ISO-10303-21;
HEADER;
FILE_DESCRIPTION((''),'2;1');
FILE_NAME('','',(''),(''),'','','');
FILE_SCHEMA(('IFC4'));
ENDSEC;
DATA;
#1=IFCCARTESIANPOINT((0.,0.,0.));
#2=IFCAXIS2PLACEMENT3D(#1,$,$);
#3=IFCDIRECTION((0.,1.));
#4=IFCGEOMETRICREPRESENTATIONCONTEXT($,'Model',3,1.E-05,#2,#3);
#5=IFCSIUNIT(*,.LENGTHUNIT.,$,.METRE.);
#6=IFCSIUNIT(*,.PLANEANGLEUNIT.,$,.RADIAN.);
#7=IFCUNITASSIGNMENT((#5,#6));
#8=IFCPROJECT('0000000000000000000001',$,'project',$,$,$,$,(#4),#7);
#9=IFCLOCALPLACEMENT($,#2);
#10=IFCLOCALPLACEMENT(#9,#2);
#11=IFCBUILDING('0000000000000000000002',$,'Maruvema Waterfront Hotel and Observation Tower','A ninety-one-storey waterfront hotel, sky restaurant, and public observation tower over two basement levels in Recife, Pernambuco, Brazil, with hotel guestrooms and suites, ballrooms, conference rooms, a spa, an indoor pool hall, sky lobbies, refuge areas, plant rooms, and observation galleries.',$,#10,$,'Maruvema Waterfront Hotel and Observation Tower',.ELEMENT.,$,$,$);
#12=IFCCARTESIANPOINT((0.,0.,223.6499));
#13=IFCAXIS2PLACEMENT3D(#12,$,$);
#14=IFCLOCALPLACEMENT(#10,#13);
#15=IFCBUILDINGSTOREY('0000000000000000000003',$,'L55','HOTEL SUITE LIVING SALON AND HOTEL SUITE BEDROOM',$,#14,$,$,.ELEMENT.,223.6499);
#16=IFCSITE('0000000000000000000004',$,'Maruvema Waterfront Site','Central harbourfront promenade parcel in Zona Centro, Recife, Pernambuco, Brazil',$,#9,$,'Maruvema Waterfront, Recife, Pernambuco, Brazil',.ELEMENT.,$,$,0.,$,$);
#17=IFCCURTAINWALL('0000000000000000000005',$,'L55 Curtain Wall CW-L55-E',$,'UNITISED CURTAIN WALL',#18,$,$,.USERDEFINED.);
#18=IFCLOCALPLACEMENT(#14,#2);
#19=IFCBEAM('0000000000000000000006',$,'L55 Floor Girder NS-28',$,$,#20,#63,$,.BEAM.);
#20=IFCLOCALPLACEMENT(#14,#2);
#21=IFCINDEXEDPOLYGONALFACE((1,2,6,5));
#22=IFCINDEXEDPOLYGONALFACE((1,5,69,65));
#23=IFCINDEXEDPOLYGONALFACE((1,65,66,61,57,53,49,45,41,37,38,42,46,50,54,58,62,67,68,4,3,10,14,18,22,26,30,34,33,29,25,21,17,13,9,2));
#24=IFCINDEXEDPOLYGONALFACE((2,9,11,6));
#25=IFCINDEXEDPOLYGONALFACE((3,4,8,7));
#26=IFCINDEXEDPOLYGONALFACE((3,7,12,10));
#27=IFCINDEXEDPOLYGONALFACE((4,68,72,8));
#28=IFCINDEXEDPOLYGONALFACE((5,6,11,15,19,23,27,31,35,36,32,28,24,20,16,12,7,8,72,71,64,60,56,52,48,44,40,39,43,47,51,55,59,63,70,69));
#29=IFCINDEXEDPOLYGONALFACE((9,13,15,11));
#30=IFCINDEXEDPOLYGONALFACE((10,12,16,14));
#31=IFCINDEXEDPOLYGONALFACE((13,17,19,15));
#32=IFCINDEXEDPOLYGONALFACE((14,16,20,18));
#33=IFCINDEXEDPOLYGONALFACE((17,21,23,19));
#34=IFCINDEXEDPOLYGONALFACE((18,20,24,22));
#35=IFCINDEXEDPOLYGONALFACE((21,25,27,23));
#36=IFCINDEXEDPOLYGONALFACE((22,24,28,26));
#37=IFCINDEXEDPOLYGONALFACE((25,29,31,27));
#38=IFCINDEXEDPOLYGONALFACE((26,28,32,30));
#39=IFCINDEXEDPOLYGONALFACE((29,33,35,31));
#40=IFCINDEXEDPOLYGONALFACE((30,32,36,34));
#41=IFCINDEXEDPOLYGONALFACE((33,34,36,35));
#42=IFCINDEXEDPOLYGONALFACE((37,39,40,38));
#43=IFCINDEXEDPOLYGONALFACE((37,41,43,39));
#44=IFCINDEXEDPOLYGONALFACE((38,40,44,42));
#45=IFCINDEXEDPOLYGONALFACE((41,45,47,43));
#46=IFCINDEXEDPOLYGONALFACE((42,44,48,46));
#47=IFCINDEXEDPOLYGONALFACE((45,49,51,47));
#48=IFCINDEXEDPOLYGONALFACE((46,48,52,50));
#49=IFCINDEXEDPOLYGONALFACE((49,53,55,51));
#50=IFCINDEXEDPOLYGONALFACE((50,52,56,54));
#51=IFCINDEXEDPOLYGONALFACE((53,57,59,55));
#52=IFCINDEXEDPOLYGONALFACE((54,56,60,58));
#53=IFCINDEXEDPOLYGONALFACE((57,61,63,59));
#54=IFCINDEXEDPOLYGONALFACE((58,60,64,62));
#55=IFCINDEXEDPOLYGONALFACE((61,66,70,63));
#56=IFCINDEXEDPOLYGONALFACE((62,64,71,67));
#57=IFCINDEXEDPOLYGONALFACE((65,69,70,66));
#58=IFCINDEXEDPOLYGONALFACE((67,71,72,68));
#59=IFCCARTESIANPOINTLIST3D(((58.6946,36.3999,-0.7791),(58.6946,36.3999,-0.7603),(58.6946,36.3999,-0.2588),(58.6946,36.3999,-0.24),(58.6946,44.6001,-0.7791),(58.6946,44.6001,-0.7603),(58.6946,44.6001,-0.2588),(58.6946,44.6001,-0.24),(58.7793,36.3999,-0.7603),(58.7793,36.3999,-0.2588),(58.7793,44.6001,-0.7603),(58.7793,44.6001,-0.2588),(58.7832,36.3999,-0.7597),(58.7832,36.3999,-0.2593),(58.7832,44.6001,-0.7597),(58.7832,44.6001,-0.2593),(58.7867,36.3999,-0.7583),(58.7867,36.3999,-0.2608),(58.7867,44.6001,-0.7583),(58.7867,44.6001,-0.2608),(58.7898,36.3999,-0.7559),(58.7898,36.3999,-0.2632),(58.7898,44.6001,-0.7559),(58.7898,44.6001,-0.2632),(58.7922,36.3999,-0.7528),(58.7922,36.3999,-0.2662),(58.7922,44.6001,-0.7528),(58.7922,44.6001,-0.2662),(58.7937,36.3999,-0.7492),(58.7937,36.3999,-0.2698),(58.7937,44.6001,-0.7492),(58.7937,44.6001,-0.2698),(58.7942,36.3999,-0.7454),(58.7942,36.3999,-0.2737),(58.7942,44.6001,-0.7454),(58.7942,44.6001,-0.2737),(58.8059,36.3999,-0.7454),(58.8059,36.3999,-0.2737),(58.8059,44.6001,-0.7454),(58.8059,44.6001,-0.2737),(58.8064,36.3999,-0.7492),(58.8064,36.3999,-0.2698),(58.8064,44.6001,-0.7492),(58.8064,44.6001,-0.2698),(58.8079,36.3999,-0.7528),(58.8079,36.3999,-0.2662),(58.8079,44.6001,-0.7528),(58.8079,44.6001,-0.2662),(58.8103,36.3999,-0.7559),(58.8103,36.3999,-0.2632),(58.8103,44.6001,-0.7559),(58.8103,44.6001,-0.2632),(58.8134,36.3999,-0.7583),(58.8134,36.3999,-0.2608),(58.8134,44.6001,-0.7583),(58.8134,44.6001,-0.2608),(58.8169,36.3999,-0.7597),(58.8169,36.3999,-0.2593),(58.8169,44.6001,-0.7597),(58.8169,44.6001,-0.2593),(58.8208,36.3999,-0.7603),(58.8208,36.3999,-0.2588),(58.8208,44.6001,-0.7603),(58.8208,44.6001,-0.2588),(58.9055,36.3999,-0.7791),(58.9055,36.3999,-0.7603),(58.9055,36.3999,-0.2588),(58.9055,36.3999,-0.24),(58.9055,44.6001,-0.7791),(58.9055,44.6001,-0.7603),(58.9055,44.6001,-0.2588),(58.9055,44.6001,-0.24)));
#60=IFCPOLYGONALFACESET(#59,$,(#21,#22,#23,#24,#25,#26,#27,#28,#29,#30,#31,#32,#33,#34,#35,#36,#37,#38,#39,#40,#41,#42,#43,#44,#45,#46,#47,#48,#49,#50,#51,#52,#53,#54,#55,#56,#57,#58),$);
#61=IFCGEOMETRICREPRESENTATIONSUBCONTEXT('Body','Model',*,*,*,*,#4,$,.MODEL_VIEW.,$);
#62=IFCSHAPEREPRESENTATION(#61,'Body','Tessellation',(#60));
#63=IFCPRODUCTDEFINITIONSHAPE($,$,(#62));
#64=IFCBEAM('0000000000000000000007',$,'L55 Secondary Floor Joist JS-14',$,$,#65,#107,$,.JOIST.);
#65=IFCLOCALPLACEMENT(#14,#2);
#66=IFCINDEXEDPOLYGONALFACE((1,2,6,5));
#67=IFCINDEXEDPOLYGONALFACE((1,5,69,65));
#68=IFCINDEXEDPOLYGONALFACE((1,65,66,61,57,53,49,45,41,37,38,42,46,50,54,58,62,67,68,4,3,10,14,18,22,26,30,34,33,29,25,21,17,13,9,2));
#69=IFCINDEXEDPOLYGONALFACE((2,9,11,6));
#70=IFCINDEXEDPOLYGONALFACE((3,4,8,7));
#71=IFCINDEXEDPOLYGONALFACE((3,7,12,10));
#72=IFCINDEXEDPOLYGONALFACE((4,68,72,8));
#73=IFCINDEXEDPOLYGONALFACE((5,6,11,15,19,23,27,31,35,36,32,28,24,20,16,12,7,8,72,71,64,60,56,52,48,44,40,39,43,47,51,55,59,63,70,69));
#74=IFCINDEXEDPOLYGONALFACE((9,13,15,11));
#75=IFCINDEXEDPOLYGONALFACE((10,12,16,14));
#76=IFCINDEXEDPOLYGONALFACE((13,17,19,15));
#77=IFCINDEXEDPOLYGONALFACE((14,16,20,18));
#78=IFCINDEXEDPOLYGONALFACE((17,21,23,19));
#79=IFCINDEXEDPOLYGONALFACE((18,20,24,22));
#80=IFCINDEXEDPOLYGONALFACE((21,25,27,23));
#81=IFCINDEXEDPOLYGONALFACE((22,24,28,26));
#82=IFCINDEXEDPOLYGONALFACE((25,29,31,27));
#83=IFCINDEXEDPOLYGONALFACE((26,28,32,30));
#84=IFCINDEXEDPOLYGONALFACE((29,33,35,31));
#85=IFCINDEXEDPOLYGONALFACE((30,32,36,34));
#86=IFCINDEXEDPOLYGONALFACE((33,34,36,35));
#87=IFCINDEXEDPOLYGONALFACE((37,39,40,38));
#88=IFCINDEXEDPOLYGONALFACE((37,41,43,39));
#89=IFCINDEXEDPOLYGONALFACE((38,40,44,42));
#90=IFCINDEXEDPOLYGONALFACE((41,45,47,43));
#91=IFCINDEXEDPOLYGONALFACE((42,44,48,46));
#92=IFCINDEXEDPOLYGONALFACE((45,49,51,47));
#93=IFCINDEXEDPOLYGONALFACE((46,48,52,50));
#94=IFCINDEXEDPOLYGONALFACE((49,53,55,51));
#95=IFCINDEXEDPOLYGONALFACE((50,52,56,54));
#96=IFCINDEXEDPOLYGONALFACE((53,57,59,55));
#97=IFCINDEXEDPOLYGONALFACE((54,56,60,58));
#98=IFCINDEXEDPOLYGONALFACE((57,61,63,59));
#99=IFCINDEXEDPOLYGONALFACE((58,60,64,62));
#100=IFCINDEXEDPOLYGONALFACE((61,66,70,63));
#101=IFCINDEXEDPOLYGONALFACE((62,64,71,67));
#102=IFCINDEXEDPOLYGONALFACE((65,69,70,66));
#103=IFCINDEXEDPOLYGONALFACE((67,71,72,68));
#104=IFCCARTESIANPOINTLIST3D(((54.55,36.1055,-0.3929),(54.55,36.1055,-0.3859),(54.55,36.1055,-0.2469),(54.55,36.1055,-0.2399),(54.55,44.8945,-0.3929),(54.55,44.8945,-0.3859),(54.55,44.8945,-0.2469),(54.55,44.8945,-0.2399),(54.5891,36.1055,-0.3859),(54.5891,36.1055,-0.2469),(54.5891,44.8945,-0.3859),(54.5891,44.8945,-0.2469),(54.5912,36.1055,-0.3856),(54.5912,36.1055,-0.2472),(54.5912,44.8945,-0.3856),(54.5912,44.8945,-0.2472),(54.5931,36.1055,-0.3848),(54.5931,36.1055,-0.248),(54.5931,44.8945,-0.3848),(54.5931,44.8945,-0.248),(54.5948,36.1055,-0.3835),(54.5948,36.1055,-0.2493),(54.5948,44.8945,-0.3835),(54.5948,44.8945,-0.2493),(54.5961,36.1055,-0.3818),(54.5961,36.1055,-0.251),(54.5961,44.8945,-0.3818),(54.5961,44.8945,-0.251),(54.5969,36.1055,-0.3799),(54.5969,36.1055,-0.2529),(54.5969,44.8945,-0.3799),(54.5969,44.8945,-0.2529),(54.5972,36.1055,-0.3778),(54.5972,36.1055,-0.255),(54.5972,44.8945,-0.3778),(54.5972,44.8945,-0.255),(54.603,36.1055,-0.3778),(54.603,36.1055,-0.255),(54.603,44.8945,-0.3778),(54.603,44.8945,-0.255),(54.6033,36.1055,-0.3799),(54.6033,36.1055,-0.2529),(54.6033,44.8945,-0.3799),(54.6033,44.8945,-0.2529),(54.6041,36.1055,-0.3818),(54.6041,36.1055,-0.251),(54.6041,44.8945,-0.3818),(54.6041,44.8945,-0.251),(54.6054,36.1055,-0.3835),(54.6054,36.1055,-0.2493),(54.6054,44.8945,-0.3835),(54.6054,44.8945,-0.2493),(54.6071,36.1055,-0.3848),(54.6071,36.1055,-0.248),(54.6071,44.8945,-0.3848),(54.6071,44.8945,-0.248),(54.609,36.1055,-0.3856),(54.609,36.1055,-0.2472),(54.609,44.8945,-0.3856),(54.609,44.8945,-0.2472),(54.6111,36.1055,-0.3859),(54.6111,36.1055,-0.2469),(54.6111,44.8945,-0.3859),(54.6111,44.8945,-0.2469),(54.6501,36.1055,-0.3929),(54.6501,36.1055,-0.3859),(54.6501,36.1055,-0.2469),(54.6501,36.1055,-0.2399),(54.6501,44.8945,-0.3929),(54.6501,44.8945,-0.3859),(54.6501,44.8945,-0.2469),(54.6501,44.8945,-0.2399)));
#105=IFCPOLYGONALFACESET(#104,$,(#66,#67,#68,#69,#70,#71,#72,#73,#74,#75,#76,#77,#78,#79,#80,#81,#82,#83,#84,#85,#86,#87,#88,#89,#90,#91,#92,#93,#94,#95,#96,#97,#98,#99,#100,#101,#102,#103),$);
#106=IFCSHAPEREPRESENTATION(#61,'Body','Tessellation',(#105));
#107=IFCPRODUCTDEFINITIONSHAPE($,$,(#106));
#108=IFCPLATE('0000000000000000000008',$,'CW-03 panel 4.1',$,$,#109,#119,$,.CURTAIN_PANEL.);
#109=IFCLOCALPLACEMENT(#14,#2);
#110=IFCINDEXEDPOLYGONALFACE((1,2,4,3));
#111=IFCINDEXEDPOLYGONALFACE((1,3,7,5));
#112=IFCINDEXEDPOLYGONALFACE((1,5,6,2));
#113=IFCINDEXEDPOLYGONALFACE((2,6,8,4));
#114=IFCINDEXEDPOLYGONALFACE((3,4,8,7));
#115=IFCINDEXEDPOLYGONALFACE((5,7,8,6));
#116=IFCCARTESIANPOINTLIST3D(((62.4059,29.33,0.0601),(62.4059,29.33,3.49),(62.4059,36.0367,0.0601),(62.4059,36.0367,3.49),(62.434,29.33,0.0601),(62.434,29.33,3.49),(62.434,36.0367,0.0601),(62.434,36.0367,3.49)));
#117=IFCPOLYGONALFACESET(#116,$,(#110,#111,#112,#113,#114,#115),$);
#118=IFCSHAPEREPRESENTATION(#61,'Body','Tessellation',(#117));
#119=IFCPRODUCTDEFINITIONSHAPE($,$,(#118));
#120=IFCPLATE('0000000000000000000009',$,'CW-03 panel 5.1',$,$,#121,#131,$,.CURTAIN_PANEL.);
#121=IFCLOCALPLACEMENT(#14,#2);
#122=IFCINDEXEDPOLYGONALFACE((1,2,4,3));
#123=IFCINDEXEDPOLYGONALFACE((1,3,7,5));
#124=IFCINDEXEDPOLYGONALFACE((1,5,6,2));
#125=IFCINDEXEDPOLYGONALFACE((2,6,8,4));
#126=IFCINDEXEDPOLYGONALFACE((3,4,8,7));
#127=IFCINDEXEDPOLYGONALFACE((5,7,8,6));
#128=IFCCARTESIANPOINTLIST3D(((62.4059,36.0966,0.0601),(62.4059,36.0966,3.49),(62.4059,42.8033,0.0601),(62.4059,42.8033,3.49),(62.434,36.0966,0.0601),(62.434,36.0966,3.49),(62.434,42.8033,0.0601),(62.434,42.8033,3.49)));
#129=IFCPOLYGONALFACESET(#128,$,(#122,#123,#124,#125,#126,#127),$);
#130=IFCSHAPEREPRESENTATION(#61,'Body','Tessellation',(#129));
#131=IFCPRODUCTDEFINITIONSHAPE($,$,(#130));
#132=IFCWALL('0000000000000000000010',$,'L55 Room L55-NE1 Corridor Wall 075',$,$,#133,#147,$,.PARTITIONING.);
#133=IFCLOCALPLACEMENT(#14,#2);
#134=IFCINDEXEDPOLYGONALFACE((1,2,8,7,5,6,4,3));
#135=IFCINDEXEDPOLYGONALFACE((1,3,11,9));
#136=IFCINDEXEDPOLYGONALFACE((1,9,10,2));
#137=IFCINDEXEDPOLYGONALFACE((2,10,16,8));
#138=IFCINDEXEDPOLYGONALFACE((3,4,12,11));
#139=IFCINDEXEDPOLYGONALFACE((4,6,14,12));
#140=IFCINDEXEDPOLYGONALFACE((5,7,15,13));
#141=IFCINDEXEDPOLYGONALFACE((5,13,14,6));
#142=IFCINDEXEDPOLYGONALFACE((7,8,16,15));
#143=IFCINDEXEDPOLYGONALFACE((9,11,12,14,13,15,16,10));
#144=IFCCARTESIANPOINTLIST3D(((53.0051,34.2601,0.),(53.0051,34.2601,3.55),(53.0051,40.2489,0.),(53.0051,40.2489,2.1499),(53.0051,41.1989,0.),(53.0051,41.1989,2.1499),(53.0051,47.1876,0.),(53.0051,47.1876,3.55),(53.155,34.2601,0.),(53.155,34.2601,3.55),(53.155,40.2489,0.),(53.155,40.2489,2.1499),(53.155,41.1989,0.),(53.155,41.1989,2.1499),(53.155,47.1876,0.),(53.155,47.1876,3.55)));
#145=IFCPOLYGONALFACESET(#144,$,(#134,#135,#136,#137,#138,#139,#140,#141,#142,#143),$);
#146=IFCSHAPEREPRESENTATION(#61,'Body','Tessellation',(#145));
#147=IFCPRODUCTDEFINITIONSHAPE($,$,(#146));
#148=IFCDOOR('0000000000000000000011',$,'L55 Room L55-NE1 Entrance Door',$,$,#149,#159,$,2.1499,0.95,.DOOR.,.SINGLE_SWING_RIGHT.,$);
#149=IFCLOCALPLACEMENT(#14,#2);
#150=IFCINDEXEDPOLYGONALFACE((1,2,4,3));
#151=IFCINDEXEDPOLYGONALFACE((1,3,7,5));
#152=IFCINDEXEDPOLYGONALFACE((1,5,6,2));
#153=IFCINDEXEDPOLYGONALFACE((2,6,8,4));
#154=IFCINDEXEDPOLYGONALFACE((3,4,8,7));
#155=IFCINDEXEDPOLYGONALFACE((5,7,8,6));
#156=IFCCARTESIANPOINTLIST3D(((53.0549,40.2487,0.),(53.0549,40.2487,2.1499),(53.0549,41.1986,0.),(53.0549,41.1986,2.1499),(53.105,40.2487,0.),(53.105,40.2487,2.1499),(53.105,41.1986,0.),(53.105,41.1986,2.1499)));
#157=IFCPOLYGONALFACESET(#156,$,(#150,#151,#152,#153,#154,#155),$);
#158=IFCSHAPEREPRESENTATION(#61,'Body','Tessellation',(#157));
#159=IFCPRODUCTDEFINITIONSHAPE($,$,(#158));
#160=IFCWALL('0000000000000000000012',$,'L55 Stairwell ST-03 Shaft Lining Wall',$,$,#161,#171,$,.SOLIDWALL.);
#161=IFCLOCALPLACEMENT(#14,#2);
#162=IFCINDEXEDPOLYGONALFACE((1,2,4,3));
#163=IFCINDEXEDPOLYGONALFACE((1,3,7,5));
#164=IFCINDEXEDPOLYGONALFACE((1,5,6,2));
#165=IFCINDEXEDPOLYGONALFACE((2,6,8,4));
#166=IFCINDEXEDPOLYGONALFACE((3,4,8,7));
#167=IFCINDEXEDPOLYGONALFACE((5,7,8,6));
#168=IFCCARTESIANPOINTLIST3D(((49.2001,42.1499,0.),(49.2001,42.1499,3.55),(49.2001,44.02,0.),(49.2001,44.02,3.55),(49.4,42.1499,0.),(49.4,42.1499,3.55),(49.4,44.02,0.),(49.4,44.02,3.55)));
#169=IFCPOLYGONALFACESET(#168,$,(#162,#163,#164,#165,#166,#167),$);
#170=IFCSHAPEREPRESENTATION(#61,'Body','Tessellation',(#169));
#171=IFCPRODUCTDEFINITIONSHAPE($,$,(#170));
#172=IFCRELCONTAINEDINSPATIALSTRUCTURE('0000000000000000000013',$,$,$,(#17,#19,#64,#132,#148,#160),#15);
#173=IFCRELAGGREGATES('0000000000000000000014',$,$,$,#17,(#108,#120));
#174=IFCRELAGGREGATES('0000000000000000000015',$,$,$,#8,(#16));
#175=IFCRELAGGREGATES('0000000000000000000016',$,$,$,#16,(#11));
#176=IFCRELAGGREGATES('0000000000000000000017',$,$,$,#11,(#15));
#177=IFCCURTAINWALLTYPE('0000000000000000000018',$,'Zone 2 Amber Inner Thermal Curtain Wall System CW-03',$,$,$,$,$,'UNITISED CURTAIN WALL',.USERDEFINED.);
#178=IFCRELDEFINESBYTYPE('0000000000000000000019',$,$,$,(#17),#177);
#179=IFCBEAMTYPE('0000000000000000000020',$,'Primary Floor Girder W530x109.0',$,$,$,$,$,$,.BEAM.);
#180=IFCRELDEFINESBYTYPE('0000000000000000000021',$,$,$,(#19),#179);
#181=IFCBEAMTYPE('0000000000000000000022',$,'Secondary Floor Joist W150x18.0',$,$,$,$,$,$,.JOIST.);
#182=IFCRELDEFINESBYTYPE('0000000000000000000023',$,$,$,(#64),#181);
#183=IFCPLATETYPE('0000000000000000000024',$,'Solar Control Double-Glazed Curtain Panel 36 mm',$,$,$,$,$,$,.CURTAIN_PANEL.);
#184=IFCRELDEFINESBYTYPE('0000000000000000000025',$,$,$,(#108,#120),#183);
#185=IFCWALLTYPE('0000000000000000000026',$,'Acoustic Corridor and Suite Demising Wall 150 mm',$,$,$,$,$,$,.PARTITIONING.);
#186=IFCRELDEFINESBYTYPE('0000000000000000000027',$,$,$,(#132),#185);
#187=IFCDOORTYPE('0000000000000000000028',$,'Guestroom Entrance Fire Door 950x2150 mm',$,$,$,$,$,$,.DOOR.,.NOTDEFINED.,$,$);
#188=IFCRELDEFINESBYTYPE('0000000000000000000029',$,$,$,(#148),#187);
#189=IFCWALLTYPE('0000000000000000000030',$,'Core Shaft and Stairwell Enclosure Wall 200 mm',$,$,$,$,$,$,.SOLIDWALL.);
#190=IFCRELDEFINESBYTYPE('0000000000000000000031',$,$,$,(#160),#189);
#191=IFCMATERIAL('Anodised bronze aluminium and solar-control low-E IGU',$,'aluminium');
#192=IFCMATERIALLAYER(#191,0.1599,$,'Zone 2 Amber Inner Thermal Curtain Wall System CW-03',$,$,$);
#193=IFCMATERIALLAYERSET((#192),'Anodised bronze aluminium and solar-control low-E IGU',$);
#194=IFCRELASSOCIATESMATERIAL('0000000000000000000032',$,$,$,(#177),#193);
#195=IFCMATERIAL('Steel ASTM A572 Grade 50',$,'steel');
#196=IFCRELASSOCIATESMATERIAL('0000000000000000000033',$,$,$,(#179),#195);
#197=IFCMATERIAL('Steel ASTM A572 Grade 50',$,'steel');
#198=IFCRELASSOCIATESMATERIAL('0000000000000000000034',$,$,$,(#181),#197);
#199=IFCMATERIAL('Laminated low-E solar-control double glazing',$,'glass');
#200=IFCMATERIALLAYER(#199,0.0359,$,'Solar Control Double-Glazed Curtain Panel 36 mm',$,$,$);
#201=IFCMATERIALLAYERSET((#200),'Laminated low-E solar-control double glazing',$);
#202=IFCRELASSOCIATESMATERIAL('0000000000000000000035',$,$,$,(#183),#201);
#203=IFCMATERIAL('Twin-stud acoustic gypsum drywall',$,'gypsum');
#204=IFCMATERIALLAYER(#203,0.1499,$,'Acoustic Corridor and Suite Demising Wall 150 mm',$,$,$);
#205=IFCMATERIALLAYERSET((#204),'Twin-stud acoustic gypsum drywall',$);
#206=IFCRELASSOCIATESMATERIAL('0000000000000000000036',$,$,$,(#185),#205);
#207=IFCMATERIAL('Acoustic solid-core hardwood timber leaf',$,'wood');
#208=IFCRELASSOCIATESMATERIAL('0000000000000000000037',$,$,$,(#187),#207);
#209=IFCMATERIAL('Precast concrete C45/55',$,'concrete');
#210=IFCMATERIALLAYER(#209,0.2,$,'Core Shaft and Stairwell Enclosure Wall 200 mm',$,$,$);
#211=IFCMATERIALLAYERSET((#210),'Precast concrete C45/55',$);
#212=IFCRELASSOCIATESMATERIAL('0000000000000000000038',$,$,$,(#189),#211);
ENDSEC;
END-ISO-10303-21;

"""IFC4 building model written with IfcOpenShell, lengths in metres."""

from ifc_helpers import new_model, si_unit, direction, frame, frame_2d, origin, origin_2d, place, context, subcontext, project, spatial, rectangle, i_section, extrude, material, layer, layer_set, material_profile, profile_set, type_object, element, fill, aggregate, save


model = new_model("IFC4")

# Units and contexts
model_context = context("Model", 3, precision=1e-05, world=origin(), true_north=direction((0.0, 1.0)))
body_context = subcontext(model_context, "Body", "Model", "MODEL_VIEW")
ifc_project = project(units=[si_unit("LENGTHUNIT", "METRE"), si_unit("PLANEANGLEUNIT", "RADIAN")], contexts=[model_context])

# Site, building, storey
site_placement = place(None, origin())
site = spatial("IfcSite", under=ifc_project, at=site_placement, Name="Maruvema Waterfront Site", Description="Central harbourfront promenade parcel in Zona Centro, Recife, Pernambuco, Brazil", LongName="Maruvema Waterfront, Recife, Pernambuco, Brazil", CompositionType="ELEMENT", RefElevation=0.0)
building_placement = place(site_placement, origin())
building = spatial("IfcBuilding", under=site, at=building_placement, Name="Maruvema Waterfront Hotel and Observation Tower", Description="A ninety-one-storey waterfront hotel, sky restaurant, and public observation tower over two basement levels in Recife, Pernambuco, Brazil, with hotel guestrooms and suites, ballrooms, conference rooms, a spa, an indoor pool hall, sky lobbies, refuge areas, plant rooms, and observation galleries.", LongName="Maruvema Waterfront Hotel and Observation Tower", CompositionType="ELEMENT")
storey_placement = place(building_placement, frame((0.0, 0.0, 223.6499)))
storey = spatial("IfcBuildingStorey", under=building, at=storey_placement, Name="L55", Description="HOTEL SUITE LIVING SALON AND HOTEL SUITE BEDROOM", CompositionType="ELEMENT", Elevation=223.6499)

# Curtain wall
ifc_material_1 = material(Name="Anodised bronze aluminium and solar-control low-E IGU", Category="aluminium")
ifc_layer_1 = layer(ifc_material_1, 0.1599, Name="Zone 2 Amber Inner Thermal Curtain Wall System CW-03")
ifc_layer_set_1 = layer_set([ifc_layer_1], Name="Anodised bronze aluminium and solar-control low-E IGU")
curtain_wall_type = type_object("IfcCurtainWallType", Name="Zone 2 Amber Inner Thermal Curtain Wall System CW-03", ElementType="UNITISED CURTAIN WALL", PredefinedType="USERDEFINED", material=ifc_layer_set_1)
curtain_wall_placement = place(storey_placement, origin())
curtain_wall = element("IfcCurtainWall", 1, at=curtain_wall_placement, inside=storey, type_object=curtain_wall_type, Name="L55 Curtain Wall CW-L55-E", ObjectType="UNITISED CURTAIN WALL", PredefinedType="USERDEFINED")

# Beams
ifc_material_2 = material(Name="Steel ASTM A572 Grade 50", Category="steel")
ifc_material_profile_1 = material_profile(ifc_material_2, i_section(OverallWidth=0.2109, OverallDepth=0.5391, WebThickness=0.0117, FlangeThickness=0.0188, FilletRadius=0.0149, at=origin_2d()), Name="W530x109.0")
ifc_profile_set_1 = profile_set([ifc_material_profile_1], Name="Steel ASTM A572 Grade 50")
beam_type_1 = type_object("IfcBeamType", Name="Primary Floor Girder W530x109.0", PredefinedType="BEAM", material=ifc_profile_set_1)
beam_1_placement = place(storey_placement, frame((58.8, 36.3999, -0.5095), z_axis=(0.0, 1.0, 0.0), x_axis=(-1.0, 0.0, 0.0)))
element("IfcBeam", 2, at=beam_1_placement, inside=storey, type_object=beam_type_1, Name="L55 Floor Girder NS-28", PredefinedType="BEAM", context=body_context, shape_type="SweptSolid", body=[
    extrude(i_section(OverallWidth=0.2109, OverallDepth=0.5391, WebThickness=0.0117, FlangeThickness=0.0188, FilletRadius=0.0149, at=origin_2d()), origin(), (0.0, 0.0, 1.0), 8.2002),
])
ifc_material_3 = material(Name="Steel ASTM A572 Grade 50", Category="steel")
ifc_material_profile_2 = material_profile(ifc_material_3, i_section(OverallWidth=0.1001, OverallDepth=0.1531, WebThickness=0.0059, FlangeThickness=0.0071, FilletRadius=0.0081, at=origin_2d()), Name="W150x18.0")
ifc_profile_set_2 = profile_set([ifc_material_profile_2], Name="Steel ASTM A572 Grade 50")
beam_type_2 = type_object("IfcBeamType", Name="Secondary Floor Joist W150x18.0", PredefinedType="JOIST", material=ifc_profile_set_2)
beam_2_placement = place(storey_placement, frame((54.6001, 36.1055, -0.3164), z_axis=(0.0, 1.0, 0.0), x_axis=(-1.0, 0.0, 0.0)))
element("IfcBeam", 3, at=beam_2_placement, inside=storey, type_object=beam_type_2, Name="L55 Secondary Floor Joist JS-14", PredefinedType="JOIST", context=body_context, shape_type="SweptSolid", body=[
    extrude(i_section(OverallWidth=0.1001, OverallDepth=0.1531, WebThickness=0.0059, FlangeThickness=0.0071, FilletRadius=0.0081, at=origin_2d()), origin(), (0.0, 0.0, 1.0), 8.7891),
])

# Plates
ifc_material_4 = material(Name="Laminated low-E solar-control double glazing", Category="glass")
ifc_layer_2 = layer(ifc_material_4, 0.0359, Name="Solar Control Double-Glazed Curtain Panel 36 mm")
ifc_layer_set_2 = layer_set([ifc_layer_2], Name="Laminated low-E solar-control double glazing")
plate_type = type_object("IfcPlateType", Name="Solar Control Double-Glazed Curtain Panel 36 mm", PredefinedType="CURTAIN_PANEL", material=ifc_layer_set_2)
plate_1_placement = place(storey_placement, frame((62.4199, 32.6833, 0.0601), z_axis=(0.0, 0.0, 1.0), x_axis=(0.0, 1.0, 0.0)))
plate_1 = element("IfcPlate", 4, at=plate_1_placement, type_object=plate_type, Name="CW-03 panel 4.1", PredefinedType="CURTAIN_PANEL", context=body_context, shape_type="SweptSolid", body=[
    extrude(rectangle(XDim=6.7068, YDim=0.0281, at=origin_2d()), origin(), (0.0, 0.0, 1.0), 3.4299),
])
plate_2_placement = place(storey_placement, frame((62.4199, 39.45, 0.0601), z_axis=(0.0, 0.0, 1.0), x_axis=(0.0, 1.0, 0.0)))
plate_2 = element("IfcPlate", 5, at=plate_2_placement, type_object=plate_type, Name="CW-03 panel 5.1", PredefinedType="CURTAIN_PANEL", context=body_context, shape_type="SweptSolid", body=[
    extrude(rectangle(XDim=6.7068, YDim=0.0281, at=origin_2d()), origin(), (0.0, 0.0, 1.0), 3.4299),
])
aggregate(curtain_wall, [plate_1, plate_2])

# Wall, opening, door
ifc_material_5 = material(Name="Twin-stud acoustic gypsum drywall", Category="gypsum")
ifc_layer_3 = layer(ifc_material_5, 0.1499, Name="Acoustic Corridor and Suite Demising Wall 150 mm")
ifc_layer_set_3 = layer_set([ifc_layer_3], Name="Twin-stud acoustic gypsum drywall")
wall_type_1 = type_object("IfcWallType", Name="Acoustic Corridor and Suite Demising Wall 150 mm", PredefinedType="PARTITIONING", material=ifc_layer_set_3)
wall_1_placement = place(storey_placement, frame((53.0801, 34.26, 0.0), z_axis=(0.0, 0.0, 1.0), x_axis=(0.0, 1.0, 0.0)))
wall_1 = element("IfcWall", 6, at=wall_1_placement, inside=storey, type_object=wall_type_1, Name="L55 Room L55-NE1 Corridor Wall 075", PredefinedType="PARTITIONING", context=body_context, shape_type="SweptSolid", body=[
    extrude(rectangle(XDim=12.9275, YDim=0.1499, at=frame_2d((6.4639, 0.0))), origin(), (0.0, 0.0, 1.0), 3.55),
])
opening_1_placement = place(wall_1_placement, frame((5.9888, 0.0, 0.0)))
opening_1 = element("IfcOpeningElement", 7, at=opening_1_placement, cuts=wall_1, PredefinedType="OPENING", context=body_context, shape_type="SweptSolid", body=[
    extrude(rectangle(XDim=0.95, YDim=2.1499, at=frame_2d((0.4751, 1.075))), frame((0.0, 0.085, 0.0), z_axis=(0.0, -1.0, 0.0), x_axis=(1.0, 0.0, 0.0)), (0.0, 0.0, 1.0), 0.1699),
])
ifc_material_6 = material(Name="Acoustic solid-core hardwood timber leaf", Category="wood")
door_type_1 = type_object("IfcDoorType", Name="Guestroom Entrance Fire Door 950x2150 mm", OperationType="NOTDEFINED", PredefinedType="DOOR", material=ifc_material_6)
door_1_placement = place(opening_1_placement, frame((0.95, 0.0, 0.0), z_axis=(0.0, 0.0, 1.0), x_axis=(-1.0, 0.0, 0.0)))
door_1 = element("IfcDoor", 8, at=door_1_placement, inside=storey, type_object=door_type_1, Name="L55 Room L55-NE1 Entrance Door", OperationType="SINGLE_SWING_RIGHT", OverallHeight=2.1499, OverallWidth=0.95, PredefinedType="DOOR", context=body_context, shape_type="SweptSolid", body=[
    extrude(rectangle(XDim=0.95, YDim=2.1499, at=frame_2d((0.4751, 1.075))), frame((0.0, 0.0249, 0.0), z_axis=(0.0, -1.0, 0.0), x_axis=(1.0, 0.0, 0.0)), (0.0, 0.0, 1.0), 0.05),
])
fill(opening_1, door_1)

# Wall
ifc_material_7 = material(Name="Precast concrete C45/55", Category="concrete")
ifc_layer_4 = layer(ifc_material_7, 0.2, Name="Core Shaft and Stairwell Enclosure Wall 200 mm")
ifc_layer_set_4 = layer_set([ifc_layer_4], Name="Precast concrete C45/55")
wall_type_2 = type_object("IfcWallType", Name="Core Shaft and Stairwell Enclosure Wall 200 mm", PredefinedType="SOLIDWALL", material=ifc_layer_set_4)
wall_2_placement = place(storey_placement, frame((49.3, 42.1499, 0.0), z_axis=(0.0, 0.0, 1.0), x_axis=(0.0, 1.0, 0.0)))
element("IfcWall", 9, at=wall_2_placement, inside=storey, type_object=wall_type_2, Name="L55 Stairwell ST-03 Shaft Lining Wall", PredefinedType="SOLIDWALL", context=body_context, shape_type="SweptSolid", body=[
    extrude(rectangle(XDim=1.8701, YDim=0.2, at=frame_2d((0.9351, 0.0))), origin(), (0.0, 0.0, 1.0), 3.55),
])

save(model, "model.ifc")
